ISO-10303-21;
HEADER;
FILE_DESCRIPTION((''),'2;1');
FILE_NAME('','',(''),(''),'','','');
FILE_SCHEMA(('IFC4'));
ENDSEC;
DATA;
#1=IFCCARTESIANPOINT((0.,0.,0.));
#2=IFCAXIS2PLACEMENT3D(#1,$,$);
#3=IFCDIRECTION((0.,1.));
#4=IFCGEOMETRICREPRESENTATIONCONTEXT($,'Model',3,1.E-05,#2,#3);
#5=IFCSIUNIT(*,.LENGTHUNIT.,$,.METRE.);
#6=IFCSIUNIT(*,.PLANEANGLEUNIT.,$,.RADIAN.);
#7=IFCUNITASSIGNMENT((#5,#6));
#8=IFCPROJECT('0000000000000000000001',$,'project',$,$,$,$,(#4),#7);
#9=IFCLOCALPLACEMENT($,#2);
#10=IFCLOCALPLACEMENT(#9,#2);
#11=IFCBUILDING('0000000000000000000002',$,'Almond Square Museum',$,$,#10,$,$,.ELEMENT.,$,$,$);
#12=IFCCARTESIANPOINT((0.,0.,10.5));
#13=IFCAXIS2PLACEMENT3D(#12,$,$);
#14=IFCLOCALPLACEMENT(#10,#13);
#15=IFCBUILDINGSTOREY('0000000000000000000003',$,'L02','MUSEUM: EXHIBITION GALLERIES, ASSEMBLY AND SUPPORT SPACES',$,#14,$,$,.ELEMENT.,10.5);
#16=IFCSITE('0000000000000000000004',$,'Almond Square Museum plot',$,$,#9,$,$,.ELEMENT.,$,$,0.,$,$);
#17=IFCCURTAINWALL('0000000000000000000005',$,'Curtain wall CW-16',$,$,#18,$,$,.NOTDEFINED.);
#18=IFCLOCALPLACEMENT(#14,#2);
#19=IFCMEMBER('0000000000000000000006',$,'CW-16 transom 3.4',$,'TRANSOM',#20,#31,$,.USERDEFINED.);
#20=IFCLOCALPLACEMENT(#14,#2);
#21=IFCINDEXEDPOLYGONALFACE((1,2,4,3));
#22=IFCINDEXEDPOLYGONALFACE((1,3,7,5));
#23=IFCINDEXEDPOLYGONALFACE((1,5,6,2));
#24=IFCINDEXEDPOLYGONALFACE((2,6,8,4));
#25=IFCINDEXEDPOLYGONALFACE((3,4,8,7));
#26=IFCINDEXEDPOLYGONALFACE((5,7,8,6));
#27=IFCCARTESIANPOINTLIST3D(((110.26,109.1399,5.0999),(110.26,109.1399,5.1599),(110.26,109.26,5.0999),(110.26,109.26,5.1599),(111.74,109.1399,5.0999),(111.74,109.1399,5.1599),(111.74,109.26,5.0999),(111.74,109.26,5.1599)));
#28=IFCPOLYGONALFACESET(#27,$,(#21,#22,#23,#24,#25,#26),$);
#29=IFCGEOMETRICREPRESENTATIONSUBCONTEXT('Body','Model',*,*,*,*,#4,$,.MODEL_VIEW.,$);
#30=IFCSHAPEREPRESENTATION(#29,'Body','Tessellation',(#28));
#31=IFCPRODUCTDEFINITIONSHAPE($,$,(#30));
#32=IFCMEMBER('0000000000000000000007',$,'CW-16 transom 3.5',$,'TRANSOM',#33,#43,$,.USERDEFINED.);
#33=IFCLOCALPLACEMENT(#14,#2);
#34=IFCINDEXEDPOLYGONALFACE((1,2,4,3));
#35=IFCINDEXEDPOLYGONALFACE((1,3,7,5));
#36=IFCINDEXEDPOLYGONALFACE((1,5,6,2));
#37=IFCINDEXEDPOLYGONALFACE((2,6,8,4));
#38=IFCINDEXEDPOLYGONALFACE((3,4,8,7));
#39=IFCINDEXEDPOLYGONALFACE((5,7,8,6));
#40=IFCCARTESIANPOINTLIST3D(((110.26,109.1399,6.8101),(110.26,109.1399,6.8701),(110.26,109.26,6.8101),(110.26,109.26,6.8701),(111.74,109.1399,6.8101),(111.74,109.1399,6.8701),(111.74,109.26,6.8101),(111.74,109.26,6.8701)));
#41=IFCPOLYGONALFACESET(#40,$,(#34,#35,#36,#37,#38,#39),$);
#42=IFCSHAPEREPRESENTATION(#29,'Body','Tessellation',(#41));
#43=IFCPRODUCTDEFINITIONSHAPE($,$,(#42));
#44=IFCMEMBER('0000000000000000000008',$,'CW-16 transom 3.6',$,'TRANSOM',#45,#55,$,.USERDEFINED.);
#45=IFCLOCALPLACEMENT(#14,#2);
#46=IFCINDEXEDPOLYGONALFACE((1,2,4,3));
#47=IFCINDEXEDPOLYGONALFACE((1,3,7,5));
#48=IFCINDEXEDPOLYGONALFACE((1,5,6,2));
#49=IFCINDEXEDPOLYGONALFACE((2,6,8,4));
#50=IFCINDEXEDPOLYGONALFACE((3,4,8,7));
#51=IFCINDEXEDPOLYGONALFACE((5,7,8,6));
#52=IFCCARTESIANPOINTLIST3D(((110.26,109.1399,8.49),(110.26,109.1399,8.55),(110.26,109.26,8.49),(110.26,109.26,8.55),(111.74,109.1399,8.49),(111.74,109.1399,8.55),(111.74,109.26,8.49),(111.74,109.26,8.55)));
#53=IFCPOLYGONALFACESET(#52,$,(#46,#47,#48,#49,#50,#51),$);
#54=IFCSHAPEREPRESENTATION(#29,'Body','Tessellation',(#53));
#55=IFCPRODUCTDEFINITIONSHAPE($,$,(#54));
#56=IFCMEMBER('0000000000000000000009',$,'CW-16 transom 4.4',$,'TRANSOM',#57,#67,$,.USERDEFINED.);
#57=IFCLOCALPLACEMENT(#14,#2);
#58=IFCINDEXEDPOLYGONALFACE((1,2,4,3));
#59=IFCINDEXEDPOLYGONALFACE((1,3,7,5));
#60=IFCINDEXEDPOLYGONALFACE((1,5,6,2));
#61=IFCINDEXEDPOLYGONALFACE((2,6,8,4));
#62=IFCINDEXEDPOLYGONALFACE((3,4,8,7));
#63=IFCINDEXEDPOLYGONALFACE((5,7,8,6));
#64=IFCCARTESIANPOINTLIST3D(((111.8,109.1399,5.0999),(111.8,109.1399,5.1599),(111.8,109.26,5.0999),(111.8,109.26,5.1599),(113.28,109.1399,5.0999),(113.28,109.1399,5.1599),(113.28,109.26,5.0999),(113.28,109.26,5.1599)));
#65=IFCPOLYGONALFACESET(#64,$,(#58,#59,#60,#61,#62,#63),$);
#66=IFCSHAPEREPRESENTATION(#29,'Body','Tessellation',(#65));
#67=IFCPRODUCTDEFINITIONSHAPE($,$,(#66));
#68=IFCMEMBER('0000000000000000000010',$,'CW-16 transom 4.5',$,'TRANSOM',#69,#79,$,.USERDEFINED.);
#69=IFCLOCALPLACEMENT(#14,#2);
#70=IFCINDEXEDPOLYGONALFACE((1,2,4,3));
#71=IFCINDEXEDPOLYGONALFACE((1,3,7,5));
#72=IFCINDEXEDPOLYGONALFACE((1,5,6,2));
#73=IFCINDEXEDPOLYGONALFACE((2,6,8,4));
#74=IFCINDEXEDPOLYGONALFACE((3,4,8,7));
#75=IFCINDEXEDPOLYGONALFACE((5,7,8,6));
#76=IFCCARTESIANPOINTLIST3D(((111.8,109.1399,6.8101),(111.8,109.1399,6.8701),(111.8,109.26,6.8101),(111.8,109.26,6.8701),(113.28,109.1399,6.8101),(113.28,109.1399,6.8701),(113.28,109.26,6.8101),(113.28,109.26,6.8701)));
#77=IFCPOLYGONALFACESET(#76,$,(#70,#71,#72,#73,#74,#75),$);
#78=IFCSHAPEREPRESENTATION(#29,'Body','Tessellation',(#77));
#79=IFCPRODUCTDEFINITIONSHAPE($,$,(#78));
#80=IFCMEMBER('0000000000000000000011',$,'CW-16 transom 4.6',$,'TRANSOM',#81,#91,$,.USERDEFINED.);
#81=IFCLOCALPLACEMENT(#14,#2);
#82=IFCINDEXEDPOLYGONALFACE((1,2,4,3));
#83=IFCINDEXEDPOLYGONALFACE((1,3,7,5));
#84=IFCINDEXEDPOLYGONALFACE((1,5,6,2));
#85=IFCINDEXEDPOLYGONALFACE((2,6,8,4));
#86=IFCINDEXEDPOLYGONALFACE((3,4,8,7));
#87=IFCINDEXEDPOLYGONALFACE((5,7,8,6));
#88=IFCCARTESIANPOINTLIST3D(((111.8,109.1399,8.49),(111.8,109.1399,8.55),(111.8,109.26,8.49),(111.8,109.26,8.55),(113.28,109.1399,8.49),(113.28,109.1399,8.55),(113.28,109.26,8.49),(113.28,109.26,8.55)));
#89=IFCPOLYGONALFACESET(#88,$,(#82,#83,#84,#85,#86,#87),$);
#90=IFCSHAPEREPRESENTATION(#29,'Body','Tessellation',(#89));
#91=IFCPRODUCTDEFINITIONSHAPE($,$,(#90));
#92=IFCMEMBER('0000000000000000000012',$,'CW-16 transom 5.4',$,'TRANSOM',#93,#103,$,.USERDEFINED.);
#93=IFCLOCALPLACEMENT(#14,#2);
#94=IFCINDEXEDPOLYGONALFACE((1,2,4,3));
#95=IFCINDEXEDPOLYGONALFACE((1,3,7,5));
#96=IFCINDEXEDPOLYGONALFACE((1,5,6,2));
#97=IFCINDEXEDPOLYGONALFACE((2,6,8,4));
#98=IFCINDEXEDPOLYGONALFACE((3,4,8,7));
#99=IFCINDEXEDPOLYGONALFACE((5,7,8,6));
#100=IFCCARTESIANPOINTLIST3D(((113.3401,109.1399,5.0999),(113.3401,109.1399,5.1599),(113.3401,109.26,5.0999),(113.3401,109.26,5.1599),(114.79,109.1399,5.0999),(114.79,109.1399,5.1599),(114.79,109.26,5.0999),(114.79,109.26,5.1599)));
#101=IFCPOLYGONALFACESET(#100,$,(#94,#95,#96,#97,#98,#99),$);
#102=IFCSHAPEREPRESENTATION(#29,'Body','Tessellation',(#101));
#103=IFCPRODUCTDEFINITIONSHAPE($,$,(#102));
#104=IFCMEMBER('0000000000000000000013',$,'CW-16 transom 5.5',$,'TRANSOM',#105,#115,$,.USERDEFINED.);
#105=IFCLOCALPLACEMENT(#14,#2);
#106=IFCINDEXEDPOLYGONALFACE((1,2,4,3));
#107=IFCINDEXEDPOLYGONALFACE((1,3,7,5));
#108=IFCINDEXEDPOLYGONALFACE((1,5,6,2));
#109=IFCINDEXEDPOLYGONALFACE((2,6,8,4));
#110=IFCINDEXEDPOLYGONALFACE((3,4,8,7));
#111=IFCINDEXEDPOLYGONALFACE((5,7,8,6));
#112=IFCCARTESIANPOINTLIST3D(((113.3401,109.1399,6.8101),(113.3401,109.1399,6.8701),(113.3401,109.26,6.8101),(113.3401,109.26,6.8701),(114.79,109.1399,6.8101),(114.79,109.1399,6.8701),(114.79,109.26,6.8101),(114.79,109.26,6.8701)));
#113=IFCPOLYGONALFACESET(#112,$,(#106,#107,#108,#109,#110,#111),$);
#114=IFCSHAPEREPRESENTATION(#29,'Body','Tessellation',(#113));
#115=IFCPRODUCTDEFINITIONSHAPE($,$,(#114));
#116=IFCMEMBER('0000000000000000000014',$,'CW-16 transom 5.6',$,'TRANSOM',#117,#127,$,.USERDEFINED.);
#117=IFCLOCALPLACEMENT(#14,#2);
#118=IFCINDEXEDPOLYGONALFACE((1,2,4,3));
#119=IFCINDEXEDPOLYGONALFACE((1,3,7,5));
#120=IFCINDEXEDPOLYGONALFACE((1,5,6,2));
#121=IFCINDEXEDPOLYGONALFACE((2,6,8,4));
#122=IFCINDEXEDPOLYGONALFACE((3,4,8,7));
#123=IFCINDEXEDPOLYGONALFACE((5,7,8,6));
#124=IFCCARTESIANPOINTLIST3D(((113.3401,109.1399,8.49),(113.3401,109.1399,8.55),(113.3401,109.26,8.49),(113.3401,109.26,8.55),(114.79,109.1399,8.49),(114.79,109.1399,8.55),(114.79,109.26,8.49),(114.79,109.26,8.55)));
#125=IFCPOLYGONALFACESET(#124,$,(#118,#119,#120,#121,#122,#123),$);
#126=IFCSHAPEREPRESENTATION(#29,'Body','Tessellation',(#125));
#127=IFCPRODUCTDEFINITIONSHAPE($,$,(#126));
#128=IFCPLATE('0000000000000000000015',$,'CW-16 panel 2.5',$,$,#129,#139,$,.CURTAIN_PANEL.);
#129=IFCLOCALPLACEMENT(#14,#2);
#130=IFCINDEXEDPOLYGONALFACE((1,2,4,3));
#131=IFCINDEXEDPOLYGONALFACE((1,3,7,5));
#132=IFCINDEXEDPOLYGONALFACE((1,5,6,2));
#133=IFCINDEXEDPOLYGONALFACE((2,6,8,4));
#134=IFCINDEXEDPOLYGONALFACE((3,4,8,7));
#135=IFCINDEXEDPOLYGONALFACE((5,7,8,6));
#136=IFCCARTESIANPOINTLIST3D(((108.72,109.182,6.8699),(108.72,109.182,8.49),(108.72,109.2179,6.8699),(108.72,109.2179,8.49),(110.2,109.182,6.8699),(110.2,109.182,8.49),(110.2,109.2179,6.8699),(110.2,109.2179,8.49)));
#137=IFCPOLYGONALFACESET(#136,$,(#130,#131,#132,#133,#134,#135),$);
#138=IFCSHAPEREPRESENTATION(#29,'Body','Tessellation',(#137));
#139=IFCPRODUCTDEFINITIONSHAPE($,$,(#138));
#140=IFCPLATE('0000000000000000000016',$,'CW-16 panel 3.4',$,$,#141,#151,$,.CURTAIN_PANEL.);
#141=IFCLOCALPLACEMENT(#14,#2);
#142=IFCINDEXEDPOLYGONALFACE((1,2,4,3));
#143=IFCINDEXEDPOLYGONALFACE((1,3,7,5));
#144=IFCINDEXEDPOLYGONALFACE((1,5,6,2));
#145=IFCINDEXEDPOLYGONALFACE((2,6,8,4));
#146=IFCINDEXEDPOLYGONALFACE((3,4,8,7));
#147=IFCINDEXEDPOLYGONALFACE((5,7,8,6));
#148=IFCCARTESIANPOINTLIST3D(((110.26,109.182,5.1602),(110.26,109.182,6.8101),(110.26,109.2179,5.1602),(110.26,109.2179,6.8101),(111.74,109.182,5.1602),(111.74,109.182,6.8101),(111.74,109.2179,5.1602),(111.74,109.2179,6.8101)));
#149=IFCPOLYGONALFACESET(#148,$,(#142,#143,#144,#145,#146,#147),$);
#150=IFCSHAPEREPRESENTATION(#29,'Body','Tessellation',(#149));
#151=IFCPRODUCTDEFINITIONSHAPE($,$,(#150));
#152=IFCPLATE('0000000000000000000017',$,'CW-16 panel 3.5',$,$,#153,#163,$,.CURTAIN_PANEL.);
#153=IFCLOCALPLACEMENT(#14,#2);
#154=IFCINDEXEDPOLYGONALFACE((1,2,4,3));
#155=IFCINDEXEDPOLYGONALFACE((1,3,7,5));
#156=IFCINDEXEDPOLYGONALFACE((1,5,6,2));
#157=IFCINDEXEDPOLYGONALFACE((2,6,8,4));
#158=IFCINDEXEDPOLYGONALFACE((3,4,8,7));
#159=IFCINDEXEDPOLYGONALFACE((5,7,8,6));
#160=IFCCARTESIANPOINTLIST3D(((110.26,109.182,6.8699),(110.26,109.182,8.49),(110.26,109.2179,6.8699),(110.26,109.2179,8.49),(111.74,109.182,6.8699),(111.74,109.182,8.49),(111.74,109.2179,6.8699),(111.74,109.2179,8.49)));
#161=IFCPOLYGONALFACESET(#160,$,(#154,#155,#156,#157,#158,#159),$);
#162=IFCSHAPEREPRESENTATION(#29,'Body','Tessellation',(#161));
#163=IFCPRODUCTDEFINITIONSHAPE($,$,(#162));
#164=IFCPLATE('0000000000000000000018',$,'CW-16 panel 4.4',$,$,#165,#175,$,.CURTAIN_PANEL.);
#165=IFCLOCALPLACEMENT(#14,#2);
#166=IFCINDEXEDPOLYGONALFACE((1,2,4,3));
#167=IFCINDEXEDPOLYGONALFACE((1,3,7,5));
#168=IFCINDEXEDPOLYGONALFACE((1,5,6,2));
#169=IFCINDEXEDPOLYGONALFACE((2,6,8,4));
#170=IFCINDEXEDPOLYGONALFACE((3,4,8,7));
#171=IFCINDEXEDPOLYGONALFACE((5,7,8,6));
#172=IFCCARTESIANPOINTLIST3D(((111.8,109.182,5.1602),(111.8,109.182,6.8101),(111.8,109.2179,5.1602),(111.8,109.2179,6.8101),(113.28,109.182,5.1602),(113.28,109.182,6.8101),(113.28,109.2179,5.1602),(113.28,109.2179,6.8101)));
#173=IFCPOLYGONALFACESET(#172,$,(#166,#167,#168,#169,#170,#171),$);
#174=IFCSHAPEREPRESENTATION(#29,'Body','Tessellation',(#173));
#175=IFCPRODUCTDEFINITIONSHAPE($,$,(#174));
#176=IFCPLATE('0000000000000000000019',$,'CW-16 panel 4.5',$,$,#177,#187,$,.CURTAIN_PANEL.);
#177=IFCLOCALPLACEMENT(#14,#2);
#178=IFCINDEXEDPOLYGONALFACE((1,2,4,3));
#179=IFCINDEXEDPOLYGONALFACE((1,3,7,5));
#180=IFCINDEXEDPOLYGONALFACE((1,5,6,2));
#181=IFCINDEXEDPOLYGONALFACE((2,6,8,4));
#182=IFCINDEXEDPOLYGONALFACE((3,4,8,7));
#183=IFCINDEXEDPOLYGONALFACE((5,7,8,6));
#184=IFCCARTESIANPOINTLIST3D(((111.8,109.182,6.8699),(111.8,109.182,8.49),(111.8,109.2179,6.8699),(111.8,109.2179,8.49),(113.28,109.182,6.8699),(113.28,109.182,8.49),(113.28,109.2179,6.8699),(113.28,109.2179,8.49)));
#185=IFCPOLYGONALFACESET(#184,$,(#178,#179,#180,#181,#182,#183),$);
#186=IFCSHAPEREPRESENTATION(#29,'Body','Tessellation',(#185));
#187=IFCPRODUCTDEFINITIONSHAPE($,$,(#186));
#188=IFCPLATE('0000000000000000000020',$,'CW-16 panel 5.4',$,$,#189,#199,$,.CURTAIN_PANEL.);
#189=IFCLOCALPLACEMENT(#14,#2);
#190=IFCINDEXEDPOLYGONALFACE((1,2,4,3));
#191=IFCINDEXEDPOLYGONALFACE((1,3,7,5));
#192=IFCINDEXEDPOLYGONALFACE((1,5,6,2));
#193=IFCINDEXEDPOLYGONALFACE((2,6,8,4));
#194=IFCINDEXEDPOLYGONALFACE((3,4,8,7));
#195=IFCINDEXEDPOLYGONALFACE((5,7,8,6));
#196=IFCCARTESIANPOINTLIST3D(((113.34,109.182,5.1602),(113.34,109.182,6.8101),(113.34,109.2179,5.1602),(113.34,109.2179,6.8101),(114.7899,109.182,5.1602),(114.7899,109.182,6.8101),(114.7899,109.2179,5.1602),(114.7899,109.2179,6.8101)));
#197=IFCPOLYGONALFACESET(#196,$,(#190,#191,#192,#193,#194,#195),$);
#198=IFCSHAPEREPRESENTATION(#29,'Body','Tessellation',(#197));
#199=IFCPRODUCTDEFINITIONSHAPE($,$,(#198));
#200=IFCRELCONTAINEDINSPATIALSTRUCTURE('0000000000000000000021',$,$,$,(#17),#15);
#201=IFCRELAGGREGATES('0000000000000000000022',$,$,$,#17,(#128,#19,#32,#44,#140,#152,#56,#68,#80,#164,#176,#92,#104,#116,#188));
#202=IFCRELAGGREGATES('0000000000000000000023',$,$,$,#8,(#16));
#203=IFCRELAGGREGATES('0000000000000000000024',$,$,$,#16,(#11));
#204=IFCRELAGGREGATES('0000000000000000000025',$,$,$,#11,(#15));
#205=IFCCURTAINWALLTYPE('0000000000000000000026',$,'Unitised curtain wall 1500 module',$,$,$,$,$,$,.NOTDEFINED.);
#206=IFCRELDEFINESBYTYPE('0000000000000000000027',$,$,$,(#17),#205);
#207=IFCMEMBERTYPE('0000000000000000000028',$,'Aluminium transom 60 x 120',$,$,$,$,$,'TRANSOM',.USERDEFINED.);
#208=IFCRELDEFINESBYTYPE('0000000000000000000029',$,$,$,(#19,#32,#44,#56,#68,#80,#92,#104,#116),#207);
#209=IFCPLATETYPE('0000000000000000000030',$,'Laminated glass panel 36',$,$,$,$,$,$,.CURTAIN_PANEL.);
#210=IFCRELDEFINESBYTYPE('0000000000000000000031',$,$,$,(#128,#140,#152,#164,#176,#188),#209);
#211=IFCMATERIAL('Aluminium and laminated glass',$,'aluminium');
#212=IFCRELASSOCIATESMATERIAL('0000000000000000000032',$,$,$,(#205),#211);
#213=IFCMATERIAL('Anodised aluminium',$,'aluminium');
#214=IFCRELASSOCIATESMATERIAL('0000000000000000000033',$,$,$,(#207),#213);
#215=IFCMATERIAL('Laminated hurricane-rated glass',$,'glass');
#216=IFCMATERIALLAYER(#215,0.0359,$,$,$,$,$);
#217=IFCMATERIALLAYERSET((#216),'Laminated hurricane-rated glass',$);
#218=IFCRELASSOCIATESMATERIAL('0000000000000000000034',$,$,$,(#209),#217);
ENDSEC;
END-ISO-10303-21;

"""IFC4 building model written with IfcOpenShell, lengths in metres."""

from ifc_helpers import new_model, si_unit, direction, frame, origin, origin_2d, place, context, subcontext, project, spatial, rectangle, extrude, material, layer, layer_set, material_profile, profile_set, type_object, element, aggregate, save


model = new_model("IFC4")

# Units and contexts
model_context = context("Model", 3, precision=1e-05, world=origin(), true_north=direction((0.0, 1.0)))
body_context = subcontext(model_context, "Body", "Model", "MODEL_VIEW")
ifc_project = project(units=[si_unit("LENGTHUNIT", "METRE"), si_unit("PLANEANGLEUNIT", "RADIAN")], contexts=[model_context])

# Site, building, storey
site_placement = place(None, origin())
site = spatial("IfcSite", under=ifc_project, at=site_placement, Name="Almond Square Museum plot", CompositionType="ELEMENT", RefElevation=0.0)
building_placement = place(site_placement, origin())
building = spatial("IfcBuilding", under=site, at=building_placement, Name="Almond Square Museum", CompositionType="ELEMENT")
storey_placement = place(building_placement, frame((0.0, 0.0, 10.5)))
storey = spatial("IfcBuildingStorey", under=building, at=storey_placement, Name="L02", Description="MUSEUM: EXHIBITION GALLERIES, ASSEMBLY AND SUPPORT SPACES", CompositionType="ELEMENT", Elevation=10.5)

# Curtain wall, members, plates
ifc_material_1 = material(Name="Aluminium and laminated glass", Category="aluminium")
curtain_wall_type = type_object("IfcCurtainWallType", Name="Unitised curtain wall 1500 module", PredefinedType="NOTDEFINED", material=ifc_material_1)
curtain_wall_placement = place(storey_placement, origin())
curtain_wall = element("IfcCurtainWall", 1, at=curtain_wall_placement, inside=storey, type_object=curtain_wall_type, Name="Curtain wall CW-16", PredefinedType="NOTDEFINED")
ifc_material_2 = material(Name="Anodised aluminium", Category="aluminium")
ifc_material_profile_1 = material_profile(ifc_material_2, rectangle(XDim=0.1201, YDim=0.0601, at=origin_2d()))
ifc_profile_set_1 = profile_set([ifc_material_profile_1], Name="Anodised aluminium")
member_type = type_object("IfcMemberType", Name="Aluminium transom 60 x 120", ElementType="TRANSOM", PredefinedType="USERDEFINED", material=ifc_profile_set_1)
member_1_placement = place(storey_placement, frame((110.26, 109.2, 5.1299), z_axis=(1.0, 0.0, 0.0), x_axis=(0.0, 1.0, 0.0)))
member_1 = element("IfcMember", 2, at=member_1_placement, type_object=member_type, Name="CW-16 transom 3.4", ObjectType="TRANSOM", PredefinedType="USERDEFINED", context=body_context, shape_type="SweptSolid", body=[
    extrude(rectangle(XDim=0.1201, YDim=0.0601, at=origin_2d()), origin(), (0.0, 0.0, 1.0), 1.48),
])
member_2_placement = place(storey_placement, frame((110.26, 109.2, 6.8401), z_axis=(1.0, 0.0, 0.0), x_axis=(0.0, 1.0, 0.0)))
member_2 = element("IfcMember", 3, at=member_2_placement, type_object=member_type, Name="CW-16 transom 3.5", ObjectType="TRANSOM", PredefinedType="USERDEFINED", context=body_context, shape_type="SweptSolid", body=[
    extrude(rectangle(XDim=0.1201, YDim=0.0601, at=origin_2d()), origin(), (0.0, 0.0, 1.0), 1.48),
])
member_3_placement = place(storey_placement, frame((110.26, 109.2, 8.52), z_axis=(1.0, 0.0, 0.0), x_axis=(0.0, 1.0, 0.0)))
member_3 = element("IfcMember", 4, at=member_3_placement, type_object=member_type, Name="CW-16 transom 3.6", ObjectType="TRANSOM", PredefinedType="USERDEFINED", context=body_context, shape_type="SweptSolid", body=[
    extrude(rectangle(XDim=0.1201, YDim=0.0601, at=origin_2d()), origin(), (0.0, 0.0, 1.0), 1.48),
])
member_4_placement = place(storey_placement, frame((111.8, 109.2, 5.1299), z_axis=(1.0, 0.0, 0.0), x_axis=(0.0, 1.0, 0.0)))
member_4 = element("IfcMember", 5, at=member_4_placement, type_object=member_type, Name="CW-16 transom 4.4", ObjectType="TRANSOM", PredefinedType="USERDEFINED", context=body_context, shape_type="SweptSolid", body=[
    extrude(rectangle(XDim=0.1201, YDim=0.0601, at=origin_2d()), origin(), (0.0, 0.0, 1.0), 1.48),
])
member_5_placement = place(storey_placement, frame((111.8, 109.2, 6.8401), z_axis=(1.0, 0.0, 0.0), x_axis=(0.0, 1.0, 0.0)))
member_5 = element("IfcMember", 6, at=member_5_placement, type_object=member_type, Name="CW-16 transom 4.5", ObjectType="TRANSOM", PredefinedType="USERDEFINED", context=body_context, shape_type="SweptSolid", body=[
    extrude(rectangle(XDim=0.1201, YDim=0.0601, at=origin_2d()), origin(), (0.0, 0.0, 1.0), 1.48),
])
member_6_placement = place(storey_placement, frame((111.8, 109.2, 8.52), z_axis=(1.0, 0.0, 0.0), x_axis=(0.0, 1.0, 0.0)))
member_6 = element("IfcMember", 7, at=member_6_placement, type_object=member_type, Name="CW-16 transom 4.6", ObjectType="TRANSOM", PredefinedType="USERDEFINED", context=body_context, shape_type="SweptSolid", body=[
    extrude(rectangle(XDim=0.1201, YDim=0.0601, at=origin_2d()), origin(), (0.0, 0.0, 1.0), 1.48),
])
member_7_placement = place(storey_placement, frame((113.3401, 109.2, 5.1299), z_axis=(1.0, 0.0, 0.0), x_axis=(0.0, 1.0, 0.0)))
member_7 = element("IfcMember", 8, at=member_7_placement, type_object=member_type, Name="CW-16 transom 5.4", ObjectType="TRANSOM", PredefinedType="USERDEFINED", context=body_context, shape_type="SweptSolid", body=[
    extrude(rectangle(XDim=0.1201, YDim=0.0601, at=origin_2d()), origin(), (0.0, 0.0, 1.0), 1.45),
])
member_8_placement = place(storey_placement, frame((113.3401, 109.2, 6.8401), z_axis=(1.0, 0.0, 0.0), x_axis=(0.0, 1.0, 0.0)))
member_8 = element("IfcMember", 9, at=member_8_placement, type_object=member_type, Name="CW-16 transom 5.5", ObjectType="TRANSOM", PredefinedType="USERDEFINED", context=body_context, shape_type="SweptSolid", body=[
    extrude(rectangle(XDim=0.1201, YDim=0.0601, at=origin_2d()), origin(), (0.0, 0.0, 1.0), 1.45),
])
member_9_placement = place(storey_placement, frame((113.3401, 109.2, 8.52), z_axis=(1.0, 0.0, 0.0), x_axis=(0.0, 1.0, 0.0)))
member_9 = element("IfcMember", 10, at=member_9_placement, type_object=member_type, Name="CW-16 transom 5.6", ObjectType="TRANSOM", PredefinedType="USERDEFINED", context=body_context, shape_type="SweptSolid", body=[
    extrude(rectangle(XDim=0.1201, YDim=0.0601, at=origin_2d()), origin(), (0.0, 0.0, 1.0), 1.45),
])
ifc_material_3 = material(Name="Laminated hurricane-rated glass", Category="glass")
ifc_layer_1 = layer(ifc_material_3, 0.0359)
ifc_layer_set_1 = layer_set([ifc_layer_1], Name="Laminated hurricane-rated glass")
plate_type = type_object("IfcPlateType", Name="Laminated glass panel 36", PredefinedType="CURTAIN_PANEL", material=ifc_layer_set_1)
plate_1_placement = place(storey_placement, frame((109.46, 109.2, 6.8699), z_axis=(0.0, 0.0, 1.0), x_axis=(1.0, 0.0, 0.0)))
plate_1 = element("IfcPlate", 11, at=plate_1_placement, type_object=plate_type, Name="CW-16 panel 2.5", PredefinedType="CURTAIN_PANEL", context=body_context, shape_type="SweptSolid", body=[
    extrude(rectangle(XDim=1.48, YDim=0.0359, at=origin_2d()), origin(), (0.0, 0.0, 1.0), 1.6201),
])
plate_2_placement = place(storey_placement, frame((111.0, 109.2, 5.1602), z_axis=(0.0, 0.0, 1.0), x_axis=(1.0, 0.0, 0.0)))
plate_2 = element("IfcPlate", 12, at=plate_2_placement, type_object=plate_type, Name="CW-16 panel 3.4", PredefinedType="CURTAIN_PANEL", context=body_context, shape_type="SweptSolid", body=[
    extrude(rectangle(XDim=1.48, YDim=0.0359, at=origin_2d()), origin(), (0.0, 0.0, 1.0), 1.6499),
])
plate_3_placement = place(storey_placement, frame((111.0, 109.2, 6.8699), z_axis=(0.0, 0.0, 1.0), x_axis=(1.0, 0.0, 0.0)))
plate_3 = element("IfcPlate", 13, at=plate_3_placement, type_object=plate_type, Name="CW-16 panel 3.5", PredefinedType="CURTAIN_PANEL", context=body_context, shape_type="SweptSolid", body=[
    extrude(rectangle(XDim=1.48, YDim=0.0359, at=origin_2d()), origin(), (0.0, 0.0, 1.0), 1.6201),
])
plate_4_placement = place(storey_placement, frame((112.54, 109.2, 5.1602), z_axis=(0.0, 0.0, 1.0), x_axis=(1.0, 0.0, 0.0)))
plate_4 = element("IfcPlate", 14, at=plate_4_placement, type_object=plate_type, Name="CW-16 panel 4.4", PredefinedType="CURTAIN_PANEL", context=body_context, shape_type="SweptSolid", body=[
    extrude(rectangle(XDim=1.48, YDim=0.0359, at=origin_2d()), origin(), (0.0, 0.0, 1.0), 1.6499),
])
plate_5_placement = place(storey_placement, frame((112.54, 109.2, 6.8699), z_axis=(0.0, 0.0, 1.0), x_axis=(1.0, 0.0, 0.0)))
plate_5 = element("IfcPlate", 15, at=plate_5_placement, type_object=plate_type, Name="CW-16 panel 4.5", PredefinedType="CURTAIN_PANEL", context=body_context, shape_type="SweptSolid", body=[
    extrude(rectangle(XDim=1.48, YDim=0.0359, at=origin_2d()), origin(), (0.0, 0.0, 1.0), 1.6201),
])
plate_6_placement = place(storey_placement, frame((114.0649, 109.2, 5.1602), z_axis=(0.0, 0.0, 1.0), x_axis=(1.0, 0.0, 0.0)))
plate_6 = element("IfcPlate", 16, at=plate_6_placement, type_object=plate_type, Name="CW-16 panel 5.4", PredefinedType="CURTAIN_PANEL", context=body_context, shape_type="SweptSolid", body=[
    extrude(rectangle(XDim=1.45, YDim=0.0359, at=origin_2d()), origin(), (0.0, 0.0, 1.0), 1.6499),
])
aggregate(curtain_wall, [plate_1, member_1, member_2, member_3, plate_2, plate_3, member_4, member_5, member_6, plate_4, plate_5, member_7, member_8, member_9, plate_6])

save(model, "model.ifc")
